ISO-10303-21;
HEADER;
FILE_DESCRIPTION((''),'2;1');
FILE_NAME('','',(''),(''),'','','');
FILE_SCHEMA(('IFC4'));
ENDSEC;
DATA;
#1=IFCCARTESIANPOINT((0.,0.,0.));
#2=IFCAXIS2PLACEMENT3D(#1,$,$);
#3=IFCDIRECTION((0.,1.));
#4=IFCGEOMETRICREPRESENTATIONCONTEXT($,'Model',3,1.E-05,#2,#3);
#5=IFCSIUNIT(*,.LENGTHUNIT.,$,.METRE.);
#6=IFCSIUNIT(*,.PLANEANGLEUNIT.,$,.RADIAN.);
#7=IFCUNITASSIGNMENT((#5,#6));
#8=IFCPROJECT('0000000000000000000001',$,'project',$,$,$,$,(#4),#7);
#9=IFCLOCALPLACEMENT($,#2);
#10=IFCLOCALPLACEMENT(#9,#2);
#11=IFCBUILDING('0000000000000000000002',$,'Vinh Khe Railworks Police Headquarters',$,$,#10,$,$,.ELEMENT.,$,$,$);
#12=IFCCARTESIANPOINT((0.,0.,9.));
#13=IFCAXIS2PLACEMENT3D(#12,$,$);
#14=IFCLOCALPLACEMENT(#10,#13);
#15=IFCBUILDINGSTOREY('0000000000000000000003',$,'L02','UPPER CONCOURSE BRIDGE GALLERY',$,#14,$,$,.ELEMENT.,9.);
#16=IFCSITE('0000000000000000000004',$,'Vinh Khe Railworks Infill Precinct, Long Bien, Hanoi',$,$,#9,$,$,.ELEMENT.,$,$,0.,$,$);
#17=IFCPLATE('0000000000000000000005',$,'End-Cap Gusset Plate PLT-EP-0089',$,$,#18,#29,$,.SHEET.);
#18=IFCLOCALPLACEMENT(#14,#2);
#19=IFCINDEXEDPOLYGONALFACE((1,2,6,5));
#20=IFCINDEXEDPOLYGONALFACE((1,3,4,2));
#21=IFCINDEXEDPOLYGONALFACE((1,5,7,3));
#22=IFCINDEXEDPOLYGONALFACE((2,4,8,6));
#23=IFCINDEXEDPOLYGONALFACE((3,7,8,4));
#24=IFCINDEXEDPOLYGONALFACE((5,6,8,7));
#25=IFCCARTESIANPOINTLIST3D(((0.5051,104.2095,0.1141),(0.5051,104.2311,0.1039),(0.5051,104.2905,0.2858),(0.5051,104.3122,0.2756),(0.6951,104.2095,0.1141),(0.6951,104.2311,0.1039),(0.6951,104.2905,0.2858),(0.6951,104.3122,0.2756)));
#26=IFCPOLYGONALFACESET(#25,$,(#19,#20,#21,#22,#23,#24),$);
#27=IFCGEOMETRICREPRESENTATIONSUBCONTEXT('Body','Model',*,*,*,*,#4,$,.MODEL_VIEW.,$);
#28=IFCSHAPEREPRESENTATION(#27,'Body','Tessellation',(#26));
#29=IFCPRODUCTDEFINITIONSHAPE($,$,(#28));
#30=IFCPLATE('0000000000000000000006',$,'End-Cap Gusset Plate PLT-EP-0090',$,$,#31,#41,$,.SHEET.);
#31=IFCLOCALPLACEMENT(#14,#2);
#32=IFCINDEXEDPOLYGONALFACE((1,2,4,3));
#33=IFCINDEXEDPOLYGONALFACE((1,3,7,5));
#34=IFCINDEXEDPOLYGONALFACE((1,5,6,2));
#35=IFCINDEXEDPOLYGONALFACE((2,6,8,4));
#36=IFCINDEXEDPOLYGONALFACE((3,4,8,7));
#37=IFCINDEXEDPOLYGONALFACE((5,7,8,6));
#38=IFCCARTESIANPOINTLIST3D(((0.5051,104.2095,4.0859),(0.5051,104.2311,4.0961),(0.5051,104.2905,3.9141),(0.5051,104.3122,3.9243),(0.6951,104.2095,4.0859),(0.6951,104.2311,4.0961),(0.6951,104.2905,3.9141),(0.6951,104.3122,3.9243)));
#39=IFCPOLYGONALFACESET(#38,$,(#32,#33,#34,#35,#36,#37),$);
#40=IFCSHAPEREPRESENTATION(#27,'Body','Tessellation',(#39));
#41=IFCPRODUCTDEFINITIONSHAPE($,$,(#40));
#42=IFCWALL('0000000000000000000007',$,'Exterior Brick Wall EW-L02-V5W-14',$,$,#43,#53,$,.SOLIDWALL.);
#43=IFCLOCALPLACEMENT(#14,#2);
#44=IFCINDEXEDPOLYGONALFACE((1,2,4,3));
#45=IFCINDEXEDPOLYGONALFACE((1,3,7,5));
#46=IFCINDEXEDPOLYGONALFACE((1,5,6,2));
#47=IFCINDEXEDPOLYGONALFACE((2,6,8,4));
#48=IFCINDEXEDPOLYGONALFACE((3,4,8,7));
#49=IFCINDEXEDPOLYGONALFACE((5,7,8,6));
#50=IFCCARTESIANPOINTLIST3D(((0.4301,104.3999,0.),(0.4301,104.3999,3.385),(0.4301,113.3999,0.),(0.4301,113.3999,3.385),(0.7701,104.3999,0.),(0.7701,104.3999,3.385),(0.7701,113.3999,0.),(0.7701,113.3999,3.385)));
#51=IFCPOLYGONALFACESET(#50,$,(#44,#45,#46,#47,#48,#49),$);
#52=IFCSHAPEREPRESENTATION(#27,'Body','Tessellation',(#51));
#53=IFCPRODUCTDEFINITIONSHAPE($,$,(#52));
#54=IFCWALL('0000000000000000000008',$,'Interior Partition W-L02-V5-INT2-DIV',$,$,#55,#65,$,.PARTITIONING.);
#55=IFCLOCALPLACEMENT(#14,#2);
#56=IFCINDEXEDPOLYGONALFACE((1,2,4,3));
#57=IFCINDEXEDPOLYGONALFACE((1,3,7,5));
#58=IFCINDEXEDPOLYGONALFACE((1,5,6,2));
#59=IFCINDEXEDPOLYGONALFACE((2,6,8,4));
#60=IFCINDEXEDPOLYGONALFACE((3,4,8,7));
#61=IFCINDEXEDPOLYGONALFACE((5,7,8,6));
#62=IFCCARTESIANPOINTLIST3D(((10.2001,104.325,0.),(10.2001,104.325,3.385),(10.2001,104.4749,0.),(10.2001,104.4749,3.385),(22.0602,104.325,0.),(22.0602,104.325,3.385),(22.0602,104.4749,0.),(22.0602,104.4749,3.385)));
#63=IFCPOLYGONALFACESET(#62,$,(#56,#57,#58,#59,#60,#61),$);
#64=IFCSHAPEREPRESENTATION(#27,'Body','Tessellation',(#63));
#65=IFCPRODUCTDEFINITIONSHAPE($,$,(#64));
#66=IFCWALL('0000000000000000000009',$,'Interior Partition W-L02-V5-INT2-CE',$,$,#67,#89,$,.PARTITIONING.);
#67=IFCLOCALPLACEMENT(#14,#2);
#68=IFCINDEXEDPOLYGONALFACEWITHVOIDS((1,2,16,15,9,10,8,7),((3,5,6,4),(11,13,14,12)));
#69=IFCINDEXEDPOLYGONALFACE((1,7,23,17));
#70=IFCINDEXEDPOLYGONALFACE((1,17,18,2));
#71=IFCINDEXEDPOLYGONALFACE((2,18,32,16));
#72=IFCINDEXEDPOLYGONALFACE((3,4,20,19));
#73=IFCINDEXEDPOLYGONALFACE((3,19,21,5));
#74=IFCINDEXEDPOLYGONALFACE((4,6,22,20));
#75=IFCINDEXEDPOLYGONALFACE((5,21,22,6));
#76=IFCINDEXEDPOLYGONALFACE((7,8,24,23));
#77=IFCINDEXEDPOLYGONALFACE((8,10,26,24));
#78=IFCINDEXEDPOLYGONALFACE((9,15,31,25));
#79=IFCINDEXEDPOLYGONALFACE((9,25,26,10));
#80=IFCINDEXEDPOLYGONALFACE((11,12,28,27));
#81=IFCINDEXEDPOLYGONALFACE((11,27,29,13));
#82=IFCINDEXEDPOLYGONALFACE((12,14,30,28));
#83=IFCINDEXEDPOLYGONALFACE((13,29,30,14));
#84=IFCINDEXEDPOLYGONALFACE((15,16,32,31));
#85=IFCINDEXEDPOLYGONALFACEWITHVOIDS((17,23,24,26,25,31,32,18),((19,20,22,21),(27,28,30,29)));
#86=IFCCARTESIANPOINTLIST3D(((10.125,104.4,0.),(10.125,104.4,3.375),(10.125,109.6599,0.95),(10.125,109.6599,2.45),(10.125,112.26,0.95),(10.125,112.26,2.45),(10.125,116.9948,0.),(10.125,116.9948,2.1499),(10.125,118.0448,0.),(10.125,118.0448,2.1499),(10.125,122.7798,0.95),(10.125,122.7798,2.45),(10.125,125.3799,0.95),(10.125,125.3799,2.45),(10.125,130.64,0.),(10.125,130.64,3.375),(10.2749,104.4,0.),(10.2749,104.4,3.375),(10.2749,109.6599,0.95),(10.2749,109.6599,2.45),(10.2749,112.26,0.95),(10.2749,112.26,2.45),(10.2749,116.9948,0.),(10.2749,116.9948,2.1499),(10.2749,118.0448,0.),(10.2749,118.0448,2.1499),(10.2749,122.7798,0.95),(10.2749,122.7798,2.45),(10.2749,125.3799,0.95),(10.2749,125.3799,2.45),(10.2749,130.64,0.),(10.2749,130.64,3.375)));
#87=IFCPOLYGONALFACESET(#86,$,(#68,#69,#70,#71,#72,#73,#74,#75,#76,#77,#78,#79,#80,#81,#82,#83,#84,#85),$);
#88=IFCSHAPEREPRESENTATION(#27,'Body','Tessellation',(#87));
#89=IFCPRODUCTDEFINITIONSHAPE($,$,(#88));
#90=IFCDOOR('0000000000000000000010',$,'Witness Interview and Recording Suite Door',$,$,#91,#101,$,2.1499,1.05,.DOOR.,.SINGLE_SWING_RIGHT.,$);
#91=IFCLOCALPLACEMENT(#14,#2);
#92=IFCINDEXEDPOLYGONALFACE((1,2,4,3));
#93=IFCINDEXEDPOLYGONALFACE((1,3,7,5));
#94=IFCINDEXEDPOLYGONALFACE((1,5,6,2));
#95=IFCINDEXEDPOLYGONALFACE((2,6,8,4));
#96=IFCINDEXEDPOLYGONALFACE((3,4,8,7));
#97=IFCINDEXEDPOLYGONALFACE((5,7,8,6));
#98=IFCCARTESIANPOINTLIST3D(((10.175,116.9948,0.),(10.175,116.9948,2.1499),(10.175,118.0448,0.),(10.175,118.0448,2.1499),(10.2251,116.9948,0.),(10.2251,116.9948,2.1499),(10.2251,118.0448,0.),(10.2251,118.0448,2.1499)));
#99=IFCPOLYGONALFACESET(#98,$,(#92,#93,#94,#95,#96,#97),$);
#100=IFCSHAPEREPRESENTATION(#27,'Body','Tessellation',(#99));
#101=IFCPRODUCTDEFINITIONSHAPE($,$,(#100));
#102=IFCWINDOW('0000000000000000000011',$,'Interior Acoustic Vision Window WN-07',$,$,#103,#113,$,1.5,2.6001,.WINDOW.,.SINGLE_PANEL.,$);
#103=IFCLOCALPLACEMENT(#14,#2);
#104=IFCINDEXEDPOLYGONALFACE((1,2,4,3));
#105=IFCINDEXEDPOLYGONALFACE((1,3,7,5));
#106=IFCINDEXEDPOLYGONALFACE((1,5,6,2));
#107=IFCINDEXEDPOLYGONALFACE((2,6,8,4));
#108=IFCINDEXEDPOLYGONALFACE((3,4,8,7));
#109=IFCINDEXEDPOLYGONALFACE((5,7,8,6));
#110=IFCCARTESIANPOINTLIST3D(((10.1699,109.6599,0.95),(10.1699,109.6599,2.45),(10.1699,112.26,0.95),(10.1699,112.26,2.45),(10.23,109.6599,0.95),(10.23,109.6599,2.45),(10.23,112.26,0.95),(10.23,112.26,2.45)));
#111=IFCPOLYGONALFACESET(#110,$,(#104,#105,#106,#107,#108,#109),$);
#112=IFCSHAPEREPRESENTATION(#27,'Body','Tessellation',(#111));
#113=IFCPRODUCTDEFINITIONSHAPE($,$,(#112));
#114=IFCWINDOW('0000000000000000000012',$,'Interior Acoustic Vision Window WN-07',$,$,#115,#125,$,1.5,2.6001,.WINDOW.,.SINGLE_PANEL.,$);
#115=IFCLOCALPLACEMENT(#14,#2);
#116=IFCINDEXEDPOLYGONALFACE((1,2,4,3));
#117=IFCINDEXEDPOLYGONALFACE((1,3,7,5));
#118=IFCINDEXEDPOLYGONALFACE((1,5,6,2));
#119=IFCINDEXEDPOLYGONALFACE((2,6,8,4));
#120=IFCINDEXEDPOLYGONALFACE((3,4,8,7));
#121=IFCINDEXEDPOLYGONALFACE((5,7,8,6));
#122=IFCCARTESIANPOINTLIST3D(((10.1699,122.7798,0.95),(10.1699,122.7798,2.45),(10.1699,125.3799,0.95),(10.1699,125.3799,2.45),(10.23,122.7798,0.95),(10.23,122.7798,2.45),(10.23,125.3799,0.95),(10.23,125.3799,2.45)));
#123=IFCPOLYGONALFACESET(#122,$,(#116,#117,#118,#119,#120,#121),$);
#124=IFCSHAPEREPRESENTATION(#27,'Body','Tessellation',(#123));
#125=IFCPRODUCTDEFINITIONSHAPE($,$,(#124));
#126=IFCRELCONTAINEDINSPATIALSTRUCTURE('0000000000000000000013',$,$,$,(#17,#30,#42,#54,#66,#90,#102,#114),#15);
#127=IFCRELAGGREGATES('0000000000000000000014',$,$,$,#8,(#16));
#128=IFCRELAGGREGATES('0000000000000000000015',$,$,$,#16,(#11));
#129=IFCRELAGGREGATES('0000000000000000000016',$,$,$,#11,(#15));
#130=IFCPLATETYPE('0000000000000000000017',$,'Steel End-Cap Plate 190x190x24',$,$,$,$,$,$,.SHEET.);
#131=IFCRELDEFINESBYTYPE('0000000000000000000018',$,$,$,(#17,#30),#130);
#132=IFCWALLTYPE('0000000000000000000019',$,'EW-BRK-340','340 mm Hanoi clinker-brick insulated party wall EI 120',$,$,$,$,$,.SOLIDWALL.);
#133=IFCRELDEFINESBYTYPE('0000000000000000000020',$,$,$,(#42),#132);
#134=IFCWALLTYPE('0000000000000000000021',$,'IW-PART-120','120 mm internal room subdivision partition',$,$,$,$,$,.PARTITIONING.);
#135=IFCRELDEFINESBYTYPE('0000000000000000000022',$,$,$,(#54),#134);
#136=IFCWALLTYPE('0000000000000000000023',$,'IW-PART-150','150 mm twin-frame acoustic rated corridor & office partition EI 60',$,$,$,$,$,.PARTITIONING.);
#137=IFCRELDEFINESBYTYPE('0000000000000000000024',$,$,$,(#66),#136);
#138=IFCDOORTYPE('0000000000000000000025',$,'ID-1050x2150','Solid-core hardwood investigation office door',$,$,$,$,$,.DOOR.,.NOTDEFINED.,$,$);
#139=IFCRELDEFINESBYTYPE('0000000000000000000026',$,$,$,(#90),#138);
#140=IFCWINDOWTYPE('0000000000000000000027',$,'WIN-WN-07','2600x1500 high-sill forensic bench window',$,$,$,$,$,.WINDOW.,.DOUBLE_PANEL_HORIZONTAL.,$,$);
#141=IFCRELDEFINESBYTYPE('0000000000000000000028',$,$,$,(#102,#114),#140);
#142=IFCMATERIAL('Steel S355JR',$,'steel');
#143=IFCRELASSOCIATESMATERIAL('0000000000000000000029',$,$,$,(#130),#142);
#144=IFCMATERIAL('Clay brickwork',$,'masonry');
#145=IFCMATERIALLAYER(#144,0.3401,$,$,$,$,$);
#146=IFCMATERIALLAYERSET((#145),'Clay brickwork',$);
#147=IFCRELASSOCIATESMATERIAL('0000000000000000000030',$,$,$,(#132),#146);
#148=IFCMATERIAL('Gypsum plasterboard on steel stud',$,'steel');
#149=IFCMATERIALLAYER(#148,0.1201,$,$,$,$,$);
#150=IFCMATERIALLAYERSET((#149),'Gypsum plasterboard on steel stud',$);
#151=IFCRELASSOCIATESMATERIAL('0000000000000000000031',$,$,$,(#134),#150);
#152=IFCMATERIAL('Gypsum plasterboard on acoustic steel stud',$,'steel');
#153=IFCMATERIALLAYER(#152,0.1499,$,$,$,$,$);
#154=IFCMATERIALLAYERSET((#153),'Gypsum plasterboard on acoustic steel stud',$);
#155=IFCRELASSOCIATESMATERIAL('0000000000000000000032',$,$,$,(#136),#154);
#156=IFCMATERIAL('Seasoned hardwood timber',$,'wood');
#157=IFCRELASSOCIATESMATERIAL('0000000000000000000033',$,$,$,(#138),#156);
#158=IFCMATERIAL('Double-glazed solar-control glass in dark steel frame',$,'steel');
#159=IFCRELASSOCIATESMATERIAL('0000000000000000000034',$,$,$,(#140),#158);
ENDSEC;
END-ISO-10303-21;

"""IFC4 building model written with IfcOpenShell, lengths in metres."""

from ifc_helpers import new_model, si_unit, direction, frame, frame_2d, origin, origin_2d, place, context, subcontext, project, spatial, rectangle, extrude, material, layer, layer_set, material_profile, profile_set, type_object, element, fill, save


model = new_model("IFC4")

# Units and contexts
model_context = context("Model", 3, precision=1e-05, world=origin(), true_north=direction((0.0, 1.0)))
body_context = subcontext(model_context, "Body", "Model", "MODEL_VIEW")
ifc_project = project(units=[si_unit("LENGTHUNIT", "METRE"), si_unit("PLANEANGLEUNIT", "RADIAN")], contexts=[model_context])

# Site, building, storey
site_placement = place(None, origin())
site = spatial("IfcSite", under=ifc_project, at=site_placement, Name="Vinh Khe Railworks Infill Precinct, Long Bien, Hanoi", CompositionType="ELEMENT", RefElevation=0.0)
building_placement = place(site_placement, origin())
building = spatial("IfcBuilding", under=site, at=building_placement, Name="Vinh Khe Railworks Police Headquarters", CompositionType="ELEMENT")
storey_placement = place(building_placement, frame((0.0, 0.0, 9.0)))
storey = spatial("IfcBuildingStorey", under=building, at=storey_placement, Name="L02", Description="UPPER CONCOURSE BRIDGE GALLERY", CompositionType="ELEMENT", Elevation=9.0)

# Shared definitions
ifc_material_1 = material(Name="Steel S355JR", Category="steel")

# Plates
ifc_material_profile_1 = material_profile(ifc_material_1, rectangle(XDim=0.1899, YDim=0.1899, at=origin_2d()), Name="PL 190x190")
ifc_profile_set_1 = profile_set([ifc_material_profile_1], Name="Steel S355JR")
plate_type = type_object("IfcPlateType", Name="Steel End-Cap Plate 190x190x24", PredefinedType="SHEET", material=ifc_profile_set_1)
for number, where, z_axis, x_axis, name in (
    (1, (0.6001, 104.25, 0.2), (0.0, 0.904358, -0.426775), (-1.0, 0.0, 0.0), "End-Cap Gusset Plate PLT-EP-0089"),
    (2, (0.6001, 104.25, 4.0), (0.0, 0.904358, 0.426775), (-1.0, 0.0, 0.0), "End-Cap Gusset Plate PLT-EP-0090"),
):
    element("IfcPlate", number, at=place(storey_placement, frame(where, z_axis=z_axis, x_axis=x_axis)), inside=storey, type_object=plate_type, Name=name, PredefinedType="SHEET", context=body_context, shape_type="SweptSolid", body=[
        extrude(rectangle(XDim=0.1899, YDim=0.1899, at=origin_2d()), origin(), (0.0, 0.0, 1.0), 0.0239),
    ])

# Walls
ifc_material_2 = material(Name="Clay brickwork", Category="masonry")
ifc_layer_1 = layer(ifc_material_2, 0.3401)
ifc_layer_set_1 = layer_set([ifc_layer_1], Name="Clay brickwork")
wall_type_1 = type_object("IfcWallType", Name="EW-BRK-340", Description="340 mm Hanoi clinker-brick insulated party wall EI 120", PredefinedType="SOLIDWALL", material=ifc_layer_set_1)
wall_1_placement = place(storey_placement, frame((0.6001, 104.3999, 0.0), z_axis=(0.0, 0.0, 1.0), x_axis=(0.0, 1.0, 0.0)))
element("IfcWall", 3, at=wall_1_placement, inside=storey, type_object=wall_type_1, Name="Exterior Brick Wall EW-L02-V5W-14", PredefinedType="SOLIDWALL", context=body_context, shape_type="SweptSolid", body=[
    extrude(rectangle(XDim=9.0, YDim=0.3401, at=frame_2d((4.5, 0.0))), origin(), (0.0, 0.0, 1.0), 3.385),
])
ifc_material_3 = material(Name="Gypsum plasterboard on steel stud", Category="steel")
ifc_layer_2 = layer(ifc_material_3, 0.1201)
ifc_layer_set_2 = layer_set([ifc_layer_2], Name="Gypsum plasterboard on steel stud")
wall_type_2 = type_object("IfcWallType", Name="IW-PART-120", Description="120 mm internal room subdivision partition", PredefinedType="PARTITIONING", material=ifc_layer_set_2)
wall_2_placement = place(storey_placement, frame((10.2, 104.3999, 0.0), z_axis=(0.0, 0.0, 1.0), x_axis=(1.0, 0.0, 0.0)))
element("IfcWall", 4, at=wall_2_placement, inside=storey, type_object=wall_type_2, Name="Interior Partition W-L02-V5-INT2-DIV", PredefinedType="PARTITIONING", context=body_context, shape_type="SweptSolid", body=[
    extrude(rectangle(XDim=11.8601, YDim=0.1499, at=frame_2d((5.9302, 0.0))), origin(), (0.0, 0.0, 1.0), 3.385),
])

# Wall, openings, door, windows
ifc_material_4 = material(Name="Gypsum plasterboard on acoustic steel stud", Category="steel")
ifc_layer_3 = layer(ifc_material_4, 0.1499)
ifc_layer_set_3 = layer_set([ifc_layer_3], Name="Gypsum plasterboard on acoustic steel stud")
wall_type_3 = type_object("IfcWallType", Name="IW-PART-150", Description="150 mm twin-frame acoustic rated corridor & office partition EI 60", PredefinedType="PARTITIONING", material=ifc_layer_set_3)
wall_3_placement = place(storey_placement, frame((10.2, 104.3999, 0.0), z_axis=(0.0, 0.0, 1.0), x_axis=(0.0, 1.0, 0.0)))
wall_3 = element("IfcWall", 5, at=wall_3_placement, inside=storey, type_object=wall_type_3, Name="Interior Partition W-L02-V5-INT2-CE", PredefinedType="PARTITIONING", context=body_context, shape_type="SweptSolid", body=[
    extrude(rectangle(XDim=26.24, YDim=0.1499, at=frame_2d((13.1201, 0.0))), origin(), (0.0, 0.0, 1.0), 3.375),
])
opening_1_placement = place(wall_3_placement, frame((12.595, 0.0, 0.0)))
opening_1 = element("IfcOpeningElement", 6, at=opening_1_placement, cuts=wall_3, PredefinedType="OPENING", context=body_context, shape_type="SweptSolid", body=[
    extrude(rectangle(XDim=1.05, YDim=2.1499, at=frame_2d((0.5249, 1.075))), frame((0.0, 0.0898, 0.0), z_axis=(0.0, -1.0, 0.0), x_axis=(1.0, 0.0, 0.0)), (0.0, 0.0, 1.0), 0.1797),
])
opening_2_placement = place(wall_3_placement, frame((5.26, 0.0, 0.95)))
opening_2 = element("IfcOpeningElement", 7, at=opening_2_placement, cuts=wall_3, PredefinedType="OPENING", context=body_context, shape_type="SweptSolid", body=[
    extrude(rectangle(XDim=2.6001, YDim=1.5, at=frame_2d((1.3, 0.75))), frame((0.0, 0.0898, 0.0), z_axis=(0.0, -1.0, 0.0), x_axis=(1.0, 0.0, 0.0)), (0.0, 0.0, 1.0), 0.1797),
])
opening_3_placement = place(wall_3_placement, frame((18.3799, 0.0, 0.95)))
opening_3 = element("IfcOpeningElement", 8, at=opening_3_placement, cuts=wall_3, PredefinedType="OPENING", context=body_context, shape_type="SweptSolid", body=[
    extrude(rectangle(XDim=2.6001, YDim=1.5, at=frame_2d((1.3, 0.75))), frame((0.0, 0.0898, 0.0), z_axis=(0.0, -1.0, 0.0), x_axis=(1.0, 0.0, 0.0)), (0.0, 0.0, 1.0), 0.1797),
])
ifc_material_5 = material(Name="Seasoned hardwood timber", Category="wood")
door_type = type_object("IfcDoorType", Name="ID-1050x2150", Description="Solid-core hardwood investigation office door", OperationType="NOTDEFINED", PredefinedType="DOOR", material=ifc_material_5)
door_placement = place(opening_1_placement, origin())
door = element("IfcDoor", 9, at=door_placement, inside=storey, type_object=door_type, Name="Witness Interview and Recording Suite Door", OperationType="SINGLE_SWING_RIGHT", OverallHeight=2.1499, OverallWidth=1.05, PredefinedType="DOOR", context=body_context, shape_type="SweptSolid", body=[
    extrude(rectangle(XDim=1.05, YDim=2.1499, at=frame_2d((0.5249, 1.075))), frame((0.0, 0.0249, 0.0), z_axis=(0.0, -1.0, 0.0), x_axis=(1.0, 0.0, 0.0)), (0.0, 0.0, 1.0), 0.05),
])
fill(opening_1, door)
ifc_material_6 = material(Name="Double-glazed solar-control glass in dark steel frame", Category="steel")
window_type = type_object("IfcWindowType", Name="WIN-WN-07", Description="2600x1500 high-sill forensic bench window", PartitioningType="DOUBLE_PANEL_HORIZONTAL", PredefinedType="WINDOW", material=ifc_material_6)
window_1_placement = place(opening_2_placement, origin())
window_1 = element("IfcWindow", 10, at=window_1_placement, inside=storey, type_object=window_type, Name="Interior Acoustic Vision Window WN-07", OverallHeight=1.5, OverallWidth=2.6001, PartitioningType="SINGLE_PANEL", PredefinedType="WINDOW", context=body_context, shape_type="SweptSolid", body=[
    extrude(rectangle(XDim=2.6001, YDim=1.5, at=frame_2d((1.3, 0.75))), frame((0.0, 0.03, 0.0), z_axis=(0.0, -1.0, 0.0), x_axis=(1.0, 0.0, 0.0)), (0.0, 0.0, 1.0), 0.0601),
])
fill(opening_2, window_1)
window_2_placement = place(opening_3_placement, origin())
window_2 = element("IfcWindow", 11, at=window_2_placement, inside=storey, type_object=window_type, Name="Interior Acoustic Vision Window WN-07", OverallHeight=1.5, OverallWidth=2.6001, PartitioningType="SINGLE_PANEL", PredefinedType="WINDOW", context=body_context, shape_type="SweptSolid", body=[
    extrude(rectangle(XDim=2.6001, YDim=1.5, at=frame_2d((1.3, 0.75))), frame((0.0, 0.03, 0.0), z_axis=(0.0, -1.0, 0.0), x_axis=(1.0, 0.0, 0.0)), (0.0, 0.0, 1.0), 0.0601),
])
fill(opening_3, window_2)

save(model, "model.ifc")
